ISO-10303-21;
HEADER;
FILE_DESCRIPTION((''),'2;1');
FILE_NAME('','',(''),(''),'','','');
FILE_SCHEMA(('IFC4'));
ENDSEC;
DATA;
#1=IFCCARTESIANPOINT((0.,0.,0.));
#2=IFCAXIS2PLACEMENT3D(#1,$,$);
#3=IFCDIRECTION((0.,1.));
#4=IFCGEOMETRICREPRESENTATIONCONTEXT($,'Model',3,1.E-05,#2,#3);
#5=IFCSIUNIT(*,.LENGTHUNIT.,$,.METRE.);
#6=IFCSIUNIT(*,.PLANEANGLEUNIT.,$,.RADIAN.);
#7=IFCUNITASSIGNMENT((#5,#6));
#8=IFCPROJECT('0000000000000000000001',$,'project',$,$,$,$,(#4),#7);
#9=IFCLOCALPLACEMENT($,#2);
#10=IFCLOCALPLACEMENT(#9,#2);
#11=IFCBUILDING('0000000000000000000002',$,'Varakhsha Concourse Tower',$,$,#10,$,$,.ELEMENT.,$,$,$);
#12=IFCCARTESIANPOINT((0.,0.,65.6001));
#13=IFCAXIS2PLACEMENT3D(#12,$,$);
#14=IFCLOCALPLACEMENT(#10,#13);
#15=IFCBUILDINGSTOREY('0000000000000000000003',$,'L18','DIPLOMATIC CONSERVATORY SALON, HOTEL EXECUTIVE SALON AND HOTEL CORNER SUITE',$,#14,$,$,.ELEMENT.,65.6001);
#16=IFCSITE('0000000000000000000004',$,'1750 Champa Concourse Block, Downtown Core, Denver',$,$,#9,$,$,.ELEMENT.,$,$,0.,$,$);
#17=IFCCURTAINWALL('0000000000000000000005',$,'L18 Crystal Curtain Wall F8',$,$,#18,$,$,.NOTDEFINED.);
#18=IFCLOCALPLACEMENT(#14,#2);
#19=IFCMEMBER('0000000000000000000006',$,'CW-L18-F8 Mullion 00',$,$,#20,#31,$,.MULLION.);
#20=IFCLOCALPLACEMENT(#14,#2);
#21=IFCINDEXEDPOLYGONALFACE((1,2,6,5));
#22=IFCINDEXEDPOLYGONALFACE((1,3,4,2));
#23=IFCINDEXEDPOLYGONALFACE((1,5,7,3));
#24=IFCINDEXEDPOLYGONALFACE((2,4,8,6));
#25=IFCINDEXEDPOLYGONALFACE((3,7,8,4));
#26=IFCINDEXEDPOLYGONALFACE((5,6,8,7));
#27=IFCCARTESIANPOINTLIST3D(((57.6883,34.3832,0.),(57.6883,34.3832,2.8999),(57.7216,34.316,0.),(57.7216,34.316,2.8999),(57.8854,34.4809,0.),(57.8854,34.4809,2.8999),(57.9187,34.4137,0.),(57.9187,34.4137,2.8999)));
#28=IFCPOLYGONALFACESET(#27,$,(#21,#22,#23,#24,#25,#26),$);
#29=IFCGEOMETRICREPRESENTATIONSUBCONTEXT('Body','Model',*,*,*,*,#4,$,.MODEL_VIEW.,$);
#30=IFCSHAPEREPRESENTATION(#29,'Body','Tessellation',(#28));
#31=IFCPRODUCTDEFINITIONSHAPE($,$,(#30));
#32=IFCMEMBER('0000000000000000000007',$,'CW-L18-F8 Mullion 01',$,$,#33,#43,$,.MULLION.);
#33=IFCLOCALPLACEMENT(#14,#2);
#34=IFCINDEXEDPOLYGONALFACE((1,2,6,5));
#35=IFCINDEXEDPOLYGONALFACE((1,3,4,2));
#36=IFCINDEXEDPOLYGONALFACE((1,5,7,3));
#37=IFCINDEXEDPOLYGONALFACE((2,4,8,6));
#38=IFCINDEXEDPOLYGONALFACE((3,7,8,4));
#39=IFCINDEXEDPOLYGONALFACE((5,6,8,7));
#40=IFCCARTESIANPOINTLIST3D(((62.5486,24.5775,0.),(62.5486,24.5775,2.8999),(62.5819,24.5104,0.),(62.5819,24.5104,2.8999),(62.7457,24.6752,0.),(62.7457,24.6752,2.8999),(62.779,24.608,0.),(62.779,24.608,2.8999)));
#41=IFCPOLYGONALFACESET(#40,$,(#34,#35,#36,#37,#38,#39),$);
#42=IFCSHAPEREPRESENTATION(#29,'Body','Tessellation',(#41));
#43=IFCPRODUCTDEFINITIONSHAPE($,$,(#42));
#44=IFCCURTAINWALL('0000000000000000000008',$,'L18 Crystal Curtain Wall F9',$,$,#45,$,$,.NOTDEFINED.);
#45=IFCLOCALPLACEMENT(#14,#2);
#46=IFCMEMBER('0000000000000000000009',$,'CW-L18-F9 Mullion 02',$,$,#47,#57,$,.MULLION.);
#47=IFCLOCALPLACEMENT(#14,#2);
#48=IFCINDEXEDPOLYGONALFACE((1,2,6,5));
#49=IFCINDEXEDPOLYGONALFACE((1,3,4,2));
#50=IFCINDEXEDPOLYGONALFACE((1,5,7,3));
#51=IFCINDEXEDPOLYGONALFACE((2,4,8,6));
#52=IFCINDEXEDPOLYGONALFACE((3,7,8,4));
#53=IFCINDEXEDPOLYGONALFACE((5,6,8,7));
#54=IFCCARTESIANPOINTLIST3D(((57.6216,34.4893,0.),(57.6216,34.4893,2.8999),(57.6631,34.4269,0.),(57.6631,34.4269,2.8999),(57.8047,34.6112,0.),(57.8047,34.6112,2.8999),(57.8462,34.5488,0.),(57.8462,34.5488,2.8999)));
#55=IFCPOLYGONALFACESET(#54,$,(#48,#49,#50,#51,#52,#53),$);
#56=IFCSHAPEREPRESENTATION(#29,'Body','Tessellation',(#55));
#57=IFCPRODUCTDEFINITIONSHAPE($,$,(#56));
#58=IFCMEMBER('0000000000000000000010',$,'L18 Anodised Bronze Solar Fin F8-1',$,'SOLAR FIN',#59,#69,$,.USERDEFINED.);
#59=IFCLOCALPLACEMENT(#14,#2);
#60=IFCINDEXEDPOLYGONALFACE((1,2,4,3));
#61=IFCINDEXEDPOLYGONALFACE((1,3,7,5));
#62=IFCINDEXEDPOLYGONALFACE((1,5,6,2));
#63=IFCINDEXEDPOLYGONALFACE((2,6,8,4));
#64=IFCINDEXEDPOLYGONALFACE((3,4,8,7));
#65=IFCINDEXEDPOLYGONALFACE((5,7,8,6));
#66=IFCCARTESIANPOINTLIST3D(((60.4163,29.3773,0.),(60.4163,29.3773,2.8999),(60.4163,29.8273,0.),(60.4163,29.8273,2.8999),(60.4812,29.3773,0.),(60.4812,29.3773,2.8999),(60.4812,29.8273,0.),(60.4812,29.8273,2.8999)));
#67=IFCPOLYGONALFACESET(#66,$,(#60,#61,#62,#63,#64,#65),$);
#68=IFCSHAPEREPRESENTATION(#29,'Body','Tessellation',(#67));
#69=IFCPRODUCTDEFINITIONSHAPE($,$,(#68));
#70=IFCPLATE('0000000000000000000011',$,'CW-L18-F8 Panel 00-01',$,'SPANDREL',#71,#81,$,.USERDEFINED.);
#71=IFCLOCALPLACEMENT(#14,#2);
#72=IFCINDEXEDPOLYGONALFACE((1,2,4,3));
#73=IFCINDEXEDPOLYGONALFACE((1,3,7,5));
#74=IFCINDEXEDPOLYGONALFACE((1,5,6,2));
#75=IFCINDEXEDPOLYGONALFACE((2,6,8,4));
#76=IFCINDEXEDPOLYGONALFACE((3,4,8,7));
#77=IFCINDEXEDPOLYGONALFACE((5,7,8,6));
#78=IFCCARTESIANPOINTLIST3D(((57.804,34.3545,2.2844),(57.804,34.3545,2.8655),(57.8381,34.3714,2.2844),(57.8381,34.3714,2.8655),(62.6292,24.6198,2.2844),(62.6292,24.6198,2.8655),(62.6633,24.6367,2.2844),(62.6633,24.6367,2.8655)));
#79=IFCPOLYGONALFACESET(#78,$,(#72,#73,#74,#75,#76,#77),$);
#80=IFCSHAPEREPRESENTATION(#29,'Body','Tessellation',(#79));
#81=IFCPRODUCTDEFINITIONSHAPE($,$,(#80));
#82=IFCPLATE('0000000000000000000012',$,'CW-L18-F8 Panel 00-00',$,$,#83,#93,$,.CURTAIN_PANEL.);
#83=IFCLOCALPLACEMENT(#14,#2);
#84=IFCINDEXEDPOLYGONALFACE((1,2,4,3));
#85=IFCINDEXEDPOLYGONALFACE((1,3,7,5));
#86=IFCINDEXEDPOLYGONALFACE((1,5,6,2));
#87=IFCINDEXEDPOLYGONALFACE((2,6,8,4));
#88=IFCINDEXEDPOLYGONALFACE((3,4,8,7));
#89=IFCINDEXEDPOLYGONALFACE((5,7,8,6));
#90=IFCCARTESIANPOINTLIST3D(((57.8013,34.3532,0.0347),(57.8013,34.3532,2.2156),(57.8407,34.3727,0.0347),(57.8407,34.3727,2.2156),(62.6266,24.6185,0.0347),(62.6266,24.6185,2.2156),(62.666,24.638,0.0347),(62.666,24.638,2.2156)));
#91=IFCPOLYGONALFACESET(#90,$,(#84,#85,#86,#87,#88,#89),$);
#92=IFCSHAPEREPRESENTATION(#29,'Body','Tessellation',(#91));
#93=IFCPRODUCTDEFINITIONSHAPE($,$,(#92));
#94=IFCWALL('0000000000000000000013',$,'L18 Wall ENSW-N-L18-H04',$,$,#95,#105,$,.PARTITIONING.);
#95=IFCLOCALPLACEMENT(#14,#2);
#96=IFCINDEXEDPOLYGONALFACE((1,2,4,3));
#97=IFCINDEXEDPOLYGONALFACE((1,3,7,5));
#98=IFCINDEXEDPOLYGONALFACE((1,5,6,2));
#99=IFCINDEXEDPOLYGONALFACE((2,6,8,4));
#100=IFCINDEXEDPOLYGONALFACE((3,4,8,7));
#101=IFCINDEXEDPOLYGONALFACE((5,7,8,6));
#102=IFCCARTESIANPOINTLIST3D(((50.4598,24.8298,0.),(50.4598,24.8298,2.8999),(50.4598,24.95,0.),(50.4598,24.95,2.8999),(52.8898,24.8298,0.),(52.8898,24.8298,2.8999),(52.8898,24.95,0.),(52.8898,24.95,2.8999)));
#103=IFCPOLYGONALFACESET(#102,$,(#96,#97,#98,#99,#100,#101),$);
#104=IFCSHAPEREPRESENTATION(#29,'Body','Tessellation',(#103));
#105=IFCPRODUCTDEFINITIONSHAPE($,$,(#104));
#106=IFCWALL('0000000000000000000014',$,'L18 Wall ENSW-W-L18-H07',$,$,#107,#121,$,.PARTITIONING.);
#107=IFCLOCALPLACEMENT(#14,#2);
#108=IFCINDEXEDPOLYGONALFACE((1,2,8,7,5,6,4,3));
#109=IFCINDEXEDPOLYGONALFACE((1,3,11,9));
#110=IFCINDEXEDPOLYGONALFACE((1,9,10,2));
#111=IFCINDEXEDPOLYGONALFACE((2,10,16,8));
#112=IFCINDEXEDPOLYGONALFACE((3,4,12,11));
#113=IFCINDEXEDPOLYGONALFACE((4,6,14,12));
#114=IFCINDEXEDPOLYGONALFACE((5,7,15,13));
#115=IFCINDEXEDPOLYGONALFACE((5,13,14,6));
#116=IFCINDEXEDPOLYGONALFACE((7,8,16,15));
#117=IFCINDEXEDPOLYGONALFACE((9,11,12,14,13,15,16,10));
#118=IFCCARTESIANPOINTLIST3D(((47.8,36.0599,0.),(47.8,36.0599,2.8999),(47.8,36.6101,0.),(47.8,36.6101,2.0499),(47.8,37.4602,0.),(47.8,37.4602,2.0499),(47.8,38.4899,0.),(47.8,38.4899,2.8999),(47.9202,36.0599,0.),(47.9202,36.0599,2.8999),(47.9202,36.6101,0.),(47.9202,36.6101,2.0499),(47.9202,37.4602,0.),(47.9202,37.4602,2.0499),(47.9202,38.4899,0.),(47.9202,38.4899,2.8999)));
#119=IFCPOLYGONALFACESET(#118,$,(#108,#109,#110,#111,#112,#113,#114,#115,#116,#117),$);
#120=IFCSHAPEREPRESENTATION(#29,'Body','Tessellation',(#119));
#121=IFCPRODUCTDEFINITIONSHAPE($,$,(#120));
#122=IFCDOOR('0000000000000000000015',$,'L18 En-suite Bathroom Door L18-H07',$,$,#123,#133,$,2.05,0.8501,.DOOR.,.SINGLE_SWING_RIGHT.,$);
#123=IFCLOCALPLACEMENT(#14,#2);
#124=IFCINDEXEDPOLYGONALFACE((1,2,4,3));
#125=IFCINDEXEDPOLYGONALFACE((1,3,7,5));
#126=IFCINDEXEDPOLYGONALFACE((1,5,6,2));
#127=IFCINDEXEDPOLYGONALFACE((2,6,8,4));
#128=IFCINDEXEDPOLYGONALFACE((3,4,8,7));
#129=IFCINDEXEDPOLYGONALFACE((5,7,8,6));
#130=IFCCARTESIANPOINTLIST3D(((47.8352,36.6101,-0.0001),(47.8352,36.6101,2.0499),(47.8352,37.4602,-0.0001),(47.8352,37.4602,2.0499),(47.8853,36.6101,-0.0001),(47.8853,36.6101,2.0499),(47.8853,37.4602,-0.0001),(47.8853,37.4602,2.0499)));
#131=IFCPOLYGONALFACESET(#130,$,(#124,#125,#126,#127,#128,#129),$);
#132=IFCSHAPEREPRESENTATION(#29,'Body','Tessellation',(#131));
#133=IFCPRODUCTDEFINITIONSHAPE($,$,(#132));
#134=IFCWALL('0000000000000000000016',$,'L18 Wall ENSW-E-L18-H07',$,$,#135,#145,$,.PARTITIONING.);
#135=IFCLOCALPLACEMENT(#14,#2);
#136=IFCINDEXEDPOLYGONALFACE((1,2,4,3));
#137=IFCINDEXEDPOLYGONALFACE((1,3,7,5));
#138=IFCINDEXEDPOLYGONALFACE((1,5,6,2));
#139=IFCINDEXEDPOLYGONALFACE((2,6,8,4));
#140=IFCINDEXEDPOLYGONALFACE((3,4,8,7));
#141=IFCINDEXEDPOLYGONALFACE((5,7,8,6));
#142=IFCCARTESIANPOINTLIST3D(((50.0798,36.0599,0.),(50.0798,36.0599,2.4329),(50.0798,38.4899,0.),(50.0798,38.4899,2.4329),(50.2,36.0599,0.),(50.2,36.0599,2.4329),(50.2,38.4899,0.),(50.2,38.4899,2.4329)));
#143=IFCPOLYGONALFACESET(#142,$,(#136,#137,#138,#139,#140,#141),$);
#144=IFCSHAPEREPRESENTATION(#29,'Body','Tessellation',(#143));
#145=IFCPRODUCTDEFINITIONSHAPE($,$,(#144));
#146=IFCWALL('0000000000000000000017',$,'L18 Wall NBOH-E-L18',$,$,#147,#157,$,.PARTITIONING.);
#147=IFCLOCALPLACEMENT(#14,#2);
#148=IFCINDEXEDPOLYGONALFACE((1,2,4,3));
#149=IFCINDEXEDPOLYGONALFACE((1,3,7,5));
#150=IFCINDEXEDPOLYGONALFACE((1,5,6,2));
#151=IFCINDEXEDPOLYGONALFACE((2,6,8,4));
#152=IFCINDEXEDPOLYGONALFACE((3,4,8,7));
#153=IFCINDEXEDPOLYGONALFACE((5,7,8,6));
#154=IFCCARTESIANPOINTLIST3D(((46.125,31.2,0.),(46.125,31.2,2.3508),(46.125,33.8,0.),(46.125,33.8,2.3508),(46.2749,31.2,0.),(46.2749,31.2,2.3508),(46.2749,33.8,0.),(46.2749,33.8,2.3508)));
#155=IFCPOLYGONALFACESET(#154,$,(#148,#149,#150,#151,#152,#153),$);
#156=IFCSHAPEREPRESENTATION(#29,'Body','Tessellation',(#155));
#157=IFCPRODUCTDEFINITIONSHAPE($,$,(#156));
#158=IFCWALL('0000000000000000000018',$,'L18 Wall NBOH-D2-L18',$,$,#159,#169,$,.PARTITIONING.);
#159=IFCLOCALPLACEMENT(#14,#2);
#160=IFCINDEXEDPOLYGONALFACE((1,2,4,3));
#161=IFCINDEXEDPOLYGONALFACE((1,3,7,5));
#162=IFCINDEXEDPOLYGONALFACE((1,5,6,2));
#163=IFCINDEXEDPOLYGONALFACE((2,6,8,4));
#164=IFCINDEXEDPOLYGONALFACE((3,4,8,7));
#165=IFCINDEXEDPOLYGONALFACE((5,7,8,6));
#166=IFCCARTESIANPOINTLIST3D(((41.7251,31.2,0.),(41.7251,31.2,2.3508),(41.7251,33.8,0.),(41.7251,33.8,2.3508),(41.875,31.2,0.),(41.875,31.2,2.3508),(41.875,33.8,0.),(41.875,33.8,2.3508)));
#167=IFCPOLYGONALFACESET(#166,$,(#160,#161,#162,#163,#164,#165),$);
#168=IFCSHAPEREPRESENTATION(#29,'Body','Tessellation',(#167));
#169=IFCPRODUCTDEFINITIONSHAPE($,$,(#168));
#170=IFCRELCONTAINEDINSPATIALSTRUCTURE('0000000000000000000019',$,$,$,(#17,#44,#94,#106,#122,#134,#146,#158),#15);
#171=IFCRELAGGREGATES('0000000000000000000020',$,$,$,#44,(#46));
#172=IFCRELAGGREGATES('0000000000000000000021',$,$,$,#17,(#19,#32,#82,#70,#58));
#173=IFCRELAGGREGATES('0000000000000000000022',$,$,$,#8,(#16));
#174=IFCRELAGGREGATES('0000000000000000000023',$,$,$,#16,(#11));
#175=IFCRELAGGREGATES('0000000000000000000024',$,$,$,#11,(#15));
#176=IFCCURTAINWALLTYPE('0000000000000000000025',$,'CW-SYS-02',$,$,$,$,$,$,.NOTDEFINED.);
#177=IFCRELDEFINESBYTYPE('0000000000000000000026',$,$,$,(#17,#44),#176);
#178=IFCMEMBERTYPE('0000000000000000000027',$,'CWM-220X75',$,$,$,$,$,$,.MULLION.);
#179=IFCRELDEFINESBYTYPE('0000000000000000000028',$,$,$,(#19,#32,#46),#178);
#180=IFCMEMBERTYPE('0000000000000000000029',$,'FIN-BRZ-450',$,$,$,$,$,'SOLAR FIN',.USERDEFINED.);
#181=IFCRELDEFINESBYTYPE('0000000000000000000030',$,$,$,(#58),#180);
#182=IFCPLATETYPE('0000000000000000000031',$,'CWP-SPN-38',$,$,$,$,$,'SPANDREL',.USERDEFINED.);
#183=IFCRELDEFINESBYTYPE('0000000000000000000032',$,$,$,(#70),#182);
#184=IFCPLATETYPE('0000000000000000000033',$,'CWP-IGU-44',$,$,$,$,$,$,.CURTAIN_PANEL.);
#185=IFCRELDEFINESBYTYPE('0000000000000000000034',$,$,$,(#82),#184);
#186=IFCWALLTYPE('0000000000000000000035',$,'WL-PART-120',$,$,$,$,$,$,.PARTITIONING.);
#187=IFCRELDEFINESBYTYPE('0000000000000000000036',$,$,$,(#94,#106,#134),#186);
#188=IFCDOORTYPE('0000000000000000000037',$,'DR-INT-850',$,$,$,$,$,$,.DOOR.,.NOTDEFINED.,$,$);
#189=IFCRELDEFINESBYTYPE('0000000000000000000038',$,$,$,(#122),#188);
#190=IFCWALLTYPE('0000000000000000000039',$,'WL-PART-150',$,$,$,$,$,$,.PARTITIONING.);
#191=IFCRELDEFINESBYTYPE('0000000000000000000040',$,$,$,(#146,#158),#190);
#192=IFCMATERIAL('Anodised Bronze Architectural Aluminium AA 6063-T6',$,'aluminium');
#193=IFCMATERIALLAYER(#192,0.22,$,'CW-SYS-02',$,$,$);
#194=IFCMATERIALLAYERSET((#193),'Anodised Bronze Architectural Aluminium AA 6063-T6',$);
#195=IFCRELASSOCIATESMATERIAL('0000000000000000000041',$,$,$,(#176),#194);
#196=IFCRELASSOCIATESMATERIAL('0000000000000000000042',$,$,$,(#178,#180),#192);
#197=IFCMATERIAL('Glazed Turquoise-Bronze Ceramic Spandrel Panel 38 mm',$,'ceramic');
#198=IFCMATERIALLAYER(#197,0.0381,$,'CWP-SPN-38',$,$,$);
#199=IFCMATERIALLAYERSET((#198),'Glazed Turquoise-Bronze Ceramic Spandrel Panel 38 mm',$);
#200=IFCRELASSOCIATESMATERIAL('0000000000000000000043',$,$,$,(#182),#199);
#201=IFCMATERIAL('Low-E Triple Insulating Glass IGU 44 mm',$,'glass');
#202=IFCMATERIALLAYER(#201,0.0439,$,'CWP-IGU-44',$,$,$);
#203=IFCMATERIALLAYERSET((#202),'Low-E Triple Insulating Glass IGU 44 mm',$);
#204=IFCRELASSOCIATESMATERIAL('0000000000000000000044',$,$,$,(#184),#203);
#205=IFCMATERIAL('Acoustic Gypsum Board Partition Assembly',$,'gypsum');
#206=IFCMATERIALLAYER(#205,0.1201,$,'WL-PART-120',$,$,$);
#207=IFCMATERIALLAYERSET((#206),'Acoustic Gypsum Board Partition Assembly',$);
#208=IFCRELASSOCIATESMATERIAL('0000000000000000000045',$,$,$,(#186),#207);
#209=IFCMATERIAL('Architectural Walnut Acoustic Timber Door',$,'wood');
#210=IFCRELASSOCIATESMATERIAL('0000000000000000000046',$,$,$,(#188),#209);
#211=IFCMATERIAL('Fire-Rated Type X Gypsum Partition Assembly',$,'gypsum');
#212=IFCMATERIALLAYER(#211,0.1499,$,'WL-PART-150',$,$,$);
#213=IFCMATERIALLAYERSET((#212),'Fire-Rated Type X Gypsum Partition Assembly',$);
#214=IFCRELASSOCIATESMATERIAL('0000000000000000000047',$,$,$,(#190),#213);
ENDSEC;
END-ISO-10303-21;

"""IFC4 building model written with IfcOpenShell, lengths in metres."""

from ifc_helpers import new_model, si_unit, direction, frame, frame_2d, origin, origin_2d, place, context, subcontext, project, spatial, rectangle, extrude, source, transform, mapped, material, layer, layer_set, material_profile, profile_set, type_object, type_shapes, element, fill, aggregate, save


model = new_model("IFC4")

# Units and contexts
model_context = context("Model", 3, precision=1e-05, world=origin(), true_north=direction((0.0, 1.0)))
body_context = subcontext(model_context, "Body", "Model", "MODEL_VIEW")
ifc_project = project(units=[si_unit("LENGTHUNIT", "METRE"), si_unit("PLANEANGLEUNIT", "RADIAN")], contexts=[model_context])

# Site, building, storey
site_placement = place(None, origin())
site = spatial("IfcSite", under=ifc_project, at=site_placement, Name="1750 Champa Concourse Block, Downtown Core, Denver", CompositionType="ELEMENT", RefElevation=0.0)
building_placement = place(site_placement, origin())
building = spatial("IfcBuilding", under=site, at=building_placement, Name="Varakhsha Concourse Tower", CompositionType="ELEMENT")
storey_placement = place(building_placement, frame((0.0, 0.0, 65.6001)))
storey = spatial("IfcBuildingStorey", under=building, at=storey_placement, Name="L18", Description="DIPLOMATIC CONSERVATORY SALON, HOTEL EXECUTIVE SALON AND HOTEL CORNER SUITE", CompositionType="ELEMENT", Elevation=65.6001)

# Curtain wall, members
ifc_material_1 = material(Name="Anodised Bronze Architectural Aluminium AA 6063-T6", Category="aluminium")
ifc_layer_1 = layer(ifc_material_1, 0.22, Name="CW-SYS-02")
ifc_layer_set_1 = layer_set([ifc_layer_1], Name="Anodised Bronze Architectural Aluminium AA 6063-T6")
curtain_wall_type = type_object("IfcCurtainWallType", Name="CW-SYS-02", PredefinedType="NOTDEFINED", material=ifc_layer_set_1)
curtain_wall_1_placement = place(storey_placement, origin())
curtain_wall_1 = element("IfcCurtainWall", 1, at=curtain_wall_1_placement, inside=storey, type_object=curtain_wall_type, Name="L18 Crystal Curtain Wall F8", PredefinedType="NOTDEFINED")
ifc_material_profile_1 = material_profile(ifc_material_1, rectangle(XDim=0.075, YDim=0.22, at=origin_2d()), Name="CWM-220X75")
ifc_profile_set_1 = profile_set([ifc_material_profile_1], Name="Anodised Bronze Architectural Aluminium AA 6063-T6")
member_type_1 = type_object("IfcMemberType", Name="CWM-220X75", PredefinedType="MULLION", material=ifc_profile_set_1)
shared_shape_1 = source(origin(), body_context, "Body", "SweptSolid", [
    extrude(rectangle(XDim=0.075, YDim=0.22, at=origin_2d()), origin(), (0.0, 0.0, 1.0), 2.8999),
])
type_shapes(member_type_1, [shared_shape_1])
member_1_placement = place(storey_placement, frame((57.8035, 34.3984, 0.0), z_axis=(0.0, 0.0, 1.0), x_axis=(0.44411, -0.895972, 0.0)))
member_1 = element("IfcMember", 2, at=member_1_placement, type_object=member_type_1, Name="CW-L18-F8 Mullion 00", PredefinedType="MULLION", context=body_context, shape_type="MappedRepresentation", body=[
    mapped(shared_shape_1, transform((0.0, 0.0, 0.0), scale=1.0)),
])
member_2_placement = place(storey_placement, frame((62.6638, 24.5928, 0.0), z_axis=(0.0, 0.0, 1.0), x_axis=(0.44411, -0.895972, 0.0)))
member_2 = element("IfcMember", 3, at=member_2_placement, type_object=member_type_1, Name="CW-L18-F8 Mullion 01", PredefinedType="MULLION", context=body_context, shape_type="MappedRepresentation", body=[
    mapped(shared_shape_1, transform((0.0, 0.0, 0.0), scale=1.0)),
])

# Curtain wall, member
curtain_wall_2_placement = place(storey_placement, origin())
curtain_wall_2 = element("IfcCurtainWall", 4, at=curtain_wall_2_placement, inside=storey, type_object=curtain_wall_type, Name="L18 Crystal Curtain Wall F9", PredefinedType="NOTDEFINED")
member_3_placement = place(storey_placement, frame((57.7339, 34.519, 0.0), z_axis=(0.0, 0.0, 1.0), x_axis=(0.55388, -0.832597, 0.0)))
member_3 = element("IfcMember", 5, at=member_3_placement, type_object=member_type_1, Name="CW-L18-F9 Mullion 02", PredefinedType="MULLION", context=body_context, shape_type="MappedRepresentation", body=[
    mapped(shared_shape_1, transform((0.0, 0.0, 0.0), scale=1.0)),
])
aggregate(curtain_wall_2, [member_3])

# Member
ifc_material_profile_2 = material_profile(ifc_material_1, rectangle(XDim=0.0649, YDim=0.45, at=origin_2d()), Name="FIN-BRZ-450")
ifc_profile_set_2 = profile_set([ifc_material_profile_2], Name="Anodised Bronze Architectural Aluminium AA 6063-T6")
member_type_2 = type_object("IfcMemberType", Name="FIN-BRZ-450", ElementType="SOLAR FIN", PredefinedType="USERDEFINED", material=ifc_profile_set_2)
shared_shape_2 = source(origin(), body_context, "Body", "SweptSolid", [
    extrude(rectangle(XDim=0.0649, YDim=0.45, at=origin_2d()), origin(), (0.0, 0.0, 1.0), 2.8999),
])
type_shapes(member_type_2, [shared_shape_2])
member_4_placement = place(storey_placement, frame((60.4487, 29.6023, 0.0), z_axis=(0.0, 0.0, 1.0), x_axis=(1.0, 0.0, 0.0)))
member_4 = element("IfcMember", 6, at=member_4_placement, type_object=member_type_2, Name="L18 Anodised Bronze Solar Fin F8-1", ObjectType="SOLAR FIN", PredefinedType="USERDEFINED", context=body_context, shape_type="MappedRepresentation", body=[
    mapped(shared_shape_2, transform((0.0, 0.0, 0.0), scale=1.0)),
])

# Plates
ifc_material_2 = material(Name="Glazed Turquoise-Bronze Ceramic Spandrel Panel 38 mm", Category="ceramic")
ifc_layer_2 = layer(ifc_material_2, 0.0381, Name="CWP-SPN-38")
ifc_layer_set_2 = layer_set([ifc_layer_2], Name="Glazed Turquoise-Bronze Ceramic Spandrel Panel 38 mm")
plate_type_1 = type_object("IfcPlateType", Name="CWP-SPN-38", ElementType="SPANDREL", PredefinedType="USERDEFINED", material=ifc_layer_set_2)
shared_shape_3 = source(origin(), body_context, "Body", "SweptSolid", [
    extrude(rectangle(XDim=10.865, YDim=0.0381, at=origin_2d()), origin(), (0.0, 0.0, 1.0), 0.5811),
])
type_shapes(plate_type_1, [shared_shape_3])
plate_1_placement = place(storey_placement, frame((60.2336, 29.4956, 2.2844), z_axis=(0.0, 0.0, 1.0), x_axis=(0.44411, -0.895972, 0.0)))
plate_1 = element("IfcPlate", 7, at=plate_1_placement, type_object=plate_type_1, Name="CW-L18-F8 Panel 00-01", ObjectType="SPANDREL", PredefinedType="USERDEFINED", context=body_context, shape_type="MappedRepresentation", body=[
    mapped(shared_shape_3, transform((0.0, 0.0, 0.0), scale=1.0)),
])
ifc_material_3 = material(Name="Low-E Triple Insulating Glass IGU 44 mm", Category="glass")
ifc_layer_3 = layer(ifc_material_3, 0.0439, Name="CWP-IGU-44")
ifc_layer_set_3 = layer_set([ifc_layer_3], Name="Low-E Triple Insulating Glass IGU 44 mm")
plate_type_2 = type_object("IfcPlateType", Name="CWP-IGU-44", PredefinedType="CURTAIN_PANEL", material=ifc_layer_set_3)
shared_shape_4 = source(origin(), body_context, "Body", "SweptSolid", [
    extrude(rectangle(XDim=10.865, YDim=0.0439, at=origin_2d()), origin(), (0.0, 0.0, 1.0), 2.1809),
])
type_shapes(plate_type_2, [shared_shape_4])
plate_2_placement = place(storey_placement, frame((60.2336, 29.4956, 0.0347), z_axis=(0.0, 0.0, 1.0), x_axis=(0.44411, -0.895972, 0.0)))
plate_2 = element("IfcPlate", 8, at=plate_2_placement, type_object=plate_type_2, Name="CW-L18-F8 Panel 00-00", PredefinedType="CURTAIN_PANEL", context=body_context, shape_type="MappedRepresentation", body=[
    mapped(shared_shape_4, transform((0.0, 0.0, 0.0), scale=1.0)),
])
aggregate(curtain_wall_1, [member_1, member_2, plate_2, plate_1, member_4])

# Wall
ifc_material_4 = material(Name="Acoustic Gypsum Board Partition Assembly", Category="gypsum")
ifc_layer_4 = layer(ifc_material_4, 0.1201, Name="WL-PART-120")
ifc_layer_set_4 = layer_set([ifc_layer_4], Name="Acoustic Gypsum Board Partition Assembly")
wall_type_1 = type_object("IfcWallType", Name="WL-PART-120", PredefinedType="PARTITIONING", material=ifc_layer_set_4)
wall_1_placement = place(storey_placement, frame((50.46, 24.8899, 0.0), z_axis=(0.0, 0.0, 1.0), x_axis=(1.0, 0.0, 0.0)))
element("IfcWall", 9, at=wall_1_placement, inside=storey, type_object=wall_type_1, Name="L18 Wall ENSW-N-L18-H04", PredefinedType="PARTITIONING", context=body_context, shape_type="SweptSolid", body=[
    extrude(rectangle(XDim=2.4299, YDim=0.1201, at=frame_2d((1.2148, 0.0))), origin(), (0.0, 0.0, 1.0), 2.8999),
])

# Wall, opening, door
wall_2_placement = place(storey_placement, frame((47.8601, 36.0601, 0.0), z_axis=(0.0, 0.0, 1.0), x_axis=(0.0, 1.0, 0.0)))
wall_2 = element("IfcWall", 10, at=wall_2_placement, inside=storey, type_object=wall_type_1, Name="L18 Wall ENSW-W-L18-H07", PredefinedType="PARTITIONING", context=body_context, shape_type="SweptSolid", body=[
    extrude(rectangle(XDim=2.4299, YDim=0.1201, at=frame_2d((1.2148, 0.0))), origin(), (0.0, 0.0, 1.0), 2.8999),
])
opening_1_placement = place(wall_2_placement, frame((0.55, 0.0, 0.0)))
opening_1 = element("IfcOpeningElement", 11, at=opening_1_placement, cuts=wall_2, PredefinedType="OPENING", context=body_context, shape_type="SweptSolid", body=[
    extrude(rectangle(XDim=0.8501, YDim=2.05, at=frame_2d((0.425, 1.0249))), frame((0.0, 0.0701, 0.0), z_axis=(0.0, -1.0, 0.0), x_axis=(1.0, 0.0, 0.0)), (0.0, 0.0, 1.0), 0.1401),
])
ifc_material_5 = material(Name="Architectural Walnut Acoustic Timber Door", Category="wood")
door_type_1 = type_object("IfcDoorType", Name="DR-INT-850", OperationType="NOTDEFINED", PredefinedType="DOOR", material=ifc_material_5)
door_1_placement = place(opening_1_placement, origin())
door_1 = element("IfcDoor", 12, at=door_1_placement, inside=storey, type_object=door_type_1, Name="L18 En-suite Bathroom Door L18-H07", OperationType="SINGLE_SWING_RIGHT", OverallHeight=2.05, OverallWidth=0.8501, PredefinedType="DOOR", context=body_context, shape_type="SweptSolid", body=[
    extrude(rectangle(XDim=0.8501, YDim=2.05, at=frame_2d((0.425, 1.0249))), frame((0.0, 0.0249, 0.0), z_axis=(0.0, -1.0, 0.0), x_axis=(1.0, 0.0, 0.0)), (0.0, 0.0, 1.0), 0.05),
])
fill(opening_1, door_1)

# Walls
wall_3_placement = place(storey_placement, frame((50.1399, 36.0601, 0.0), z_axis=(0.0, 0.0, 1.0), x_axis=(0.0, 1.0, 0.0)))
element("IfcWall", 13, at=wall_3_placement, inside=storey, type_object=wall_type_1, Name="L18 Wall ENSW-E-L18-H07", PredefinedType="PARTITIONING", context=body_context, shape_type="SweptSolid", body=[
    extrude(rectangle(XDim=2.4299, YDim=0.1201, at=frame_2d((1.2148, 0.0))), origin(), (0.0, 0.0, 1.0), 2.4329),
])
ifc_material_6 = material(Name="Fire-Rated Type X Gypsum Partition Assembly", Category="gypsum")
ifc_layer_5 = layer(ifc_material_6, 0.1499, Name="WL-PART-150")
ifc_layer_set_5 = layer_set([ifc_layer_5], Name="Fire-Rated Type X Gypsum Partition Assembly")
wall_type_2 = type_object("IfcWallType", Name="WL-PART-150", PredefinedType="PARTITIONING", material=ifc_layer_set_5)
for number, where, z_axis, x_axis, name in (
    (14, (46.2, 31.2, 0.0), (0.0, 0.0, 1.0), (0.0, 1.0, 0.0), "L18 Wall NBOH-E-L18"),
    (15, (41.8, 31.2, 0.0), (0.0, 0.0, 1.0), (0.0, 1.0, 0.0), "L18 Wall NBOH-D2-L18"),
):
    element("IfcWall", number, at=place(storey_placement, frame(where, z_axis=z_axis, x_axis=x_axis)), inside=storey, type_object=wall_type_2, Name=name, PredefinedType="PARTITIONING", context=body_context, shape_type="SweptSolid", body=[
        extrude(rectangle(XDim=2.6001, YDim=0.1499, at=frame_2d((1.3, 0.0))), origin(), (0.0, 0.0, 1.0), 2.3508),
    ])

save(model, "model.ifc")
